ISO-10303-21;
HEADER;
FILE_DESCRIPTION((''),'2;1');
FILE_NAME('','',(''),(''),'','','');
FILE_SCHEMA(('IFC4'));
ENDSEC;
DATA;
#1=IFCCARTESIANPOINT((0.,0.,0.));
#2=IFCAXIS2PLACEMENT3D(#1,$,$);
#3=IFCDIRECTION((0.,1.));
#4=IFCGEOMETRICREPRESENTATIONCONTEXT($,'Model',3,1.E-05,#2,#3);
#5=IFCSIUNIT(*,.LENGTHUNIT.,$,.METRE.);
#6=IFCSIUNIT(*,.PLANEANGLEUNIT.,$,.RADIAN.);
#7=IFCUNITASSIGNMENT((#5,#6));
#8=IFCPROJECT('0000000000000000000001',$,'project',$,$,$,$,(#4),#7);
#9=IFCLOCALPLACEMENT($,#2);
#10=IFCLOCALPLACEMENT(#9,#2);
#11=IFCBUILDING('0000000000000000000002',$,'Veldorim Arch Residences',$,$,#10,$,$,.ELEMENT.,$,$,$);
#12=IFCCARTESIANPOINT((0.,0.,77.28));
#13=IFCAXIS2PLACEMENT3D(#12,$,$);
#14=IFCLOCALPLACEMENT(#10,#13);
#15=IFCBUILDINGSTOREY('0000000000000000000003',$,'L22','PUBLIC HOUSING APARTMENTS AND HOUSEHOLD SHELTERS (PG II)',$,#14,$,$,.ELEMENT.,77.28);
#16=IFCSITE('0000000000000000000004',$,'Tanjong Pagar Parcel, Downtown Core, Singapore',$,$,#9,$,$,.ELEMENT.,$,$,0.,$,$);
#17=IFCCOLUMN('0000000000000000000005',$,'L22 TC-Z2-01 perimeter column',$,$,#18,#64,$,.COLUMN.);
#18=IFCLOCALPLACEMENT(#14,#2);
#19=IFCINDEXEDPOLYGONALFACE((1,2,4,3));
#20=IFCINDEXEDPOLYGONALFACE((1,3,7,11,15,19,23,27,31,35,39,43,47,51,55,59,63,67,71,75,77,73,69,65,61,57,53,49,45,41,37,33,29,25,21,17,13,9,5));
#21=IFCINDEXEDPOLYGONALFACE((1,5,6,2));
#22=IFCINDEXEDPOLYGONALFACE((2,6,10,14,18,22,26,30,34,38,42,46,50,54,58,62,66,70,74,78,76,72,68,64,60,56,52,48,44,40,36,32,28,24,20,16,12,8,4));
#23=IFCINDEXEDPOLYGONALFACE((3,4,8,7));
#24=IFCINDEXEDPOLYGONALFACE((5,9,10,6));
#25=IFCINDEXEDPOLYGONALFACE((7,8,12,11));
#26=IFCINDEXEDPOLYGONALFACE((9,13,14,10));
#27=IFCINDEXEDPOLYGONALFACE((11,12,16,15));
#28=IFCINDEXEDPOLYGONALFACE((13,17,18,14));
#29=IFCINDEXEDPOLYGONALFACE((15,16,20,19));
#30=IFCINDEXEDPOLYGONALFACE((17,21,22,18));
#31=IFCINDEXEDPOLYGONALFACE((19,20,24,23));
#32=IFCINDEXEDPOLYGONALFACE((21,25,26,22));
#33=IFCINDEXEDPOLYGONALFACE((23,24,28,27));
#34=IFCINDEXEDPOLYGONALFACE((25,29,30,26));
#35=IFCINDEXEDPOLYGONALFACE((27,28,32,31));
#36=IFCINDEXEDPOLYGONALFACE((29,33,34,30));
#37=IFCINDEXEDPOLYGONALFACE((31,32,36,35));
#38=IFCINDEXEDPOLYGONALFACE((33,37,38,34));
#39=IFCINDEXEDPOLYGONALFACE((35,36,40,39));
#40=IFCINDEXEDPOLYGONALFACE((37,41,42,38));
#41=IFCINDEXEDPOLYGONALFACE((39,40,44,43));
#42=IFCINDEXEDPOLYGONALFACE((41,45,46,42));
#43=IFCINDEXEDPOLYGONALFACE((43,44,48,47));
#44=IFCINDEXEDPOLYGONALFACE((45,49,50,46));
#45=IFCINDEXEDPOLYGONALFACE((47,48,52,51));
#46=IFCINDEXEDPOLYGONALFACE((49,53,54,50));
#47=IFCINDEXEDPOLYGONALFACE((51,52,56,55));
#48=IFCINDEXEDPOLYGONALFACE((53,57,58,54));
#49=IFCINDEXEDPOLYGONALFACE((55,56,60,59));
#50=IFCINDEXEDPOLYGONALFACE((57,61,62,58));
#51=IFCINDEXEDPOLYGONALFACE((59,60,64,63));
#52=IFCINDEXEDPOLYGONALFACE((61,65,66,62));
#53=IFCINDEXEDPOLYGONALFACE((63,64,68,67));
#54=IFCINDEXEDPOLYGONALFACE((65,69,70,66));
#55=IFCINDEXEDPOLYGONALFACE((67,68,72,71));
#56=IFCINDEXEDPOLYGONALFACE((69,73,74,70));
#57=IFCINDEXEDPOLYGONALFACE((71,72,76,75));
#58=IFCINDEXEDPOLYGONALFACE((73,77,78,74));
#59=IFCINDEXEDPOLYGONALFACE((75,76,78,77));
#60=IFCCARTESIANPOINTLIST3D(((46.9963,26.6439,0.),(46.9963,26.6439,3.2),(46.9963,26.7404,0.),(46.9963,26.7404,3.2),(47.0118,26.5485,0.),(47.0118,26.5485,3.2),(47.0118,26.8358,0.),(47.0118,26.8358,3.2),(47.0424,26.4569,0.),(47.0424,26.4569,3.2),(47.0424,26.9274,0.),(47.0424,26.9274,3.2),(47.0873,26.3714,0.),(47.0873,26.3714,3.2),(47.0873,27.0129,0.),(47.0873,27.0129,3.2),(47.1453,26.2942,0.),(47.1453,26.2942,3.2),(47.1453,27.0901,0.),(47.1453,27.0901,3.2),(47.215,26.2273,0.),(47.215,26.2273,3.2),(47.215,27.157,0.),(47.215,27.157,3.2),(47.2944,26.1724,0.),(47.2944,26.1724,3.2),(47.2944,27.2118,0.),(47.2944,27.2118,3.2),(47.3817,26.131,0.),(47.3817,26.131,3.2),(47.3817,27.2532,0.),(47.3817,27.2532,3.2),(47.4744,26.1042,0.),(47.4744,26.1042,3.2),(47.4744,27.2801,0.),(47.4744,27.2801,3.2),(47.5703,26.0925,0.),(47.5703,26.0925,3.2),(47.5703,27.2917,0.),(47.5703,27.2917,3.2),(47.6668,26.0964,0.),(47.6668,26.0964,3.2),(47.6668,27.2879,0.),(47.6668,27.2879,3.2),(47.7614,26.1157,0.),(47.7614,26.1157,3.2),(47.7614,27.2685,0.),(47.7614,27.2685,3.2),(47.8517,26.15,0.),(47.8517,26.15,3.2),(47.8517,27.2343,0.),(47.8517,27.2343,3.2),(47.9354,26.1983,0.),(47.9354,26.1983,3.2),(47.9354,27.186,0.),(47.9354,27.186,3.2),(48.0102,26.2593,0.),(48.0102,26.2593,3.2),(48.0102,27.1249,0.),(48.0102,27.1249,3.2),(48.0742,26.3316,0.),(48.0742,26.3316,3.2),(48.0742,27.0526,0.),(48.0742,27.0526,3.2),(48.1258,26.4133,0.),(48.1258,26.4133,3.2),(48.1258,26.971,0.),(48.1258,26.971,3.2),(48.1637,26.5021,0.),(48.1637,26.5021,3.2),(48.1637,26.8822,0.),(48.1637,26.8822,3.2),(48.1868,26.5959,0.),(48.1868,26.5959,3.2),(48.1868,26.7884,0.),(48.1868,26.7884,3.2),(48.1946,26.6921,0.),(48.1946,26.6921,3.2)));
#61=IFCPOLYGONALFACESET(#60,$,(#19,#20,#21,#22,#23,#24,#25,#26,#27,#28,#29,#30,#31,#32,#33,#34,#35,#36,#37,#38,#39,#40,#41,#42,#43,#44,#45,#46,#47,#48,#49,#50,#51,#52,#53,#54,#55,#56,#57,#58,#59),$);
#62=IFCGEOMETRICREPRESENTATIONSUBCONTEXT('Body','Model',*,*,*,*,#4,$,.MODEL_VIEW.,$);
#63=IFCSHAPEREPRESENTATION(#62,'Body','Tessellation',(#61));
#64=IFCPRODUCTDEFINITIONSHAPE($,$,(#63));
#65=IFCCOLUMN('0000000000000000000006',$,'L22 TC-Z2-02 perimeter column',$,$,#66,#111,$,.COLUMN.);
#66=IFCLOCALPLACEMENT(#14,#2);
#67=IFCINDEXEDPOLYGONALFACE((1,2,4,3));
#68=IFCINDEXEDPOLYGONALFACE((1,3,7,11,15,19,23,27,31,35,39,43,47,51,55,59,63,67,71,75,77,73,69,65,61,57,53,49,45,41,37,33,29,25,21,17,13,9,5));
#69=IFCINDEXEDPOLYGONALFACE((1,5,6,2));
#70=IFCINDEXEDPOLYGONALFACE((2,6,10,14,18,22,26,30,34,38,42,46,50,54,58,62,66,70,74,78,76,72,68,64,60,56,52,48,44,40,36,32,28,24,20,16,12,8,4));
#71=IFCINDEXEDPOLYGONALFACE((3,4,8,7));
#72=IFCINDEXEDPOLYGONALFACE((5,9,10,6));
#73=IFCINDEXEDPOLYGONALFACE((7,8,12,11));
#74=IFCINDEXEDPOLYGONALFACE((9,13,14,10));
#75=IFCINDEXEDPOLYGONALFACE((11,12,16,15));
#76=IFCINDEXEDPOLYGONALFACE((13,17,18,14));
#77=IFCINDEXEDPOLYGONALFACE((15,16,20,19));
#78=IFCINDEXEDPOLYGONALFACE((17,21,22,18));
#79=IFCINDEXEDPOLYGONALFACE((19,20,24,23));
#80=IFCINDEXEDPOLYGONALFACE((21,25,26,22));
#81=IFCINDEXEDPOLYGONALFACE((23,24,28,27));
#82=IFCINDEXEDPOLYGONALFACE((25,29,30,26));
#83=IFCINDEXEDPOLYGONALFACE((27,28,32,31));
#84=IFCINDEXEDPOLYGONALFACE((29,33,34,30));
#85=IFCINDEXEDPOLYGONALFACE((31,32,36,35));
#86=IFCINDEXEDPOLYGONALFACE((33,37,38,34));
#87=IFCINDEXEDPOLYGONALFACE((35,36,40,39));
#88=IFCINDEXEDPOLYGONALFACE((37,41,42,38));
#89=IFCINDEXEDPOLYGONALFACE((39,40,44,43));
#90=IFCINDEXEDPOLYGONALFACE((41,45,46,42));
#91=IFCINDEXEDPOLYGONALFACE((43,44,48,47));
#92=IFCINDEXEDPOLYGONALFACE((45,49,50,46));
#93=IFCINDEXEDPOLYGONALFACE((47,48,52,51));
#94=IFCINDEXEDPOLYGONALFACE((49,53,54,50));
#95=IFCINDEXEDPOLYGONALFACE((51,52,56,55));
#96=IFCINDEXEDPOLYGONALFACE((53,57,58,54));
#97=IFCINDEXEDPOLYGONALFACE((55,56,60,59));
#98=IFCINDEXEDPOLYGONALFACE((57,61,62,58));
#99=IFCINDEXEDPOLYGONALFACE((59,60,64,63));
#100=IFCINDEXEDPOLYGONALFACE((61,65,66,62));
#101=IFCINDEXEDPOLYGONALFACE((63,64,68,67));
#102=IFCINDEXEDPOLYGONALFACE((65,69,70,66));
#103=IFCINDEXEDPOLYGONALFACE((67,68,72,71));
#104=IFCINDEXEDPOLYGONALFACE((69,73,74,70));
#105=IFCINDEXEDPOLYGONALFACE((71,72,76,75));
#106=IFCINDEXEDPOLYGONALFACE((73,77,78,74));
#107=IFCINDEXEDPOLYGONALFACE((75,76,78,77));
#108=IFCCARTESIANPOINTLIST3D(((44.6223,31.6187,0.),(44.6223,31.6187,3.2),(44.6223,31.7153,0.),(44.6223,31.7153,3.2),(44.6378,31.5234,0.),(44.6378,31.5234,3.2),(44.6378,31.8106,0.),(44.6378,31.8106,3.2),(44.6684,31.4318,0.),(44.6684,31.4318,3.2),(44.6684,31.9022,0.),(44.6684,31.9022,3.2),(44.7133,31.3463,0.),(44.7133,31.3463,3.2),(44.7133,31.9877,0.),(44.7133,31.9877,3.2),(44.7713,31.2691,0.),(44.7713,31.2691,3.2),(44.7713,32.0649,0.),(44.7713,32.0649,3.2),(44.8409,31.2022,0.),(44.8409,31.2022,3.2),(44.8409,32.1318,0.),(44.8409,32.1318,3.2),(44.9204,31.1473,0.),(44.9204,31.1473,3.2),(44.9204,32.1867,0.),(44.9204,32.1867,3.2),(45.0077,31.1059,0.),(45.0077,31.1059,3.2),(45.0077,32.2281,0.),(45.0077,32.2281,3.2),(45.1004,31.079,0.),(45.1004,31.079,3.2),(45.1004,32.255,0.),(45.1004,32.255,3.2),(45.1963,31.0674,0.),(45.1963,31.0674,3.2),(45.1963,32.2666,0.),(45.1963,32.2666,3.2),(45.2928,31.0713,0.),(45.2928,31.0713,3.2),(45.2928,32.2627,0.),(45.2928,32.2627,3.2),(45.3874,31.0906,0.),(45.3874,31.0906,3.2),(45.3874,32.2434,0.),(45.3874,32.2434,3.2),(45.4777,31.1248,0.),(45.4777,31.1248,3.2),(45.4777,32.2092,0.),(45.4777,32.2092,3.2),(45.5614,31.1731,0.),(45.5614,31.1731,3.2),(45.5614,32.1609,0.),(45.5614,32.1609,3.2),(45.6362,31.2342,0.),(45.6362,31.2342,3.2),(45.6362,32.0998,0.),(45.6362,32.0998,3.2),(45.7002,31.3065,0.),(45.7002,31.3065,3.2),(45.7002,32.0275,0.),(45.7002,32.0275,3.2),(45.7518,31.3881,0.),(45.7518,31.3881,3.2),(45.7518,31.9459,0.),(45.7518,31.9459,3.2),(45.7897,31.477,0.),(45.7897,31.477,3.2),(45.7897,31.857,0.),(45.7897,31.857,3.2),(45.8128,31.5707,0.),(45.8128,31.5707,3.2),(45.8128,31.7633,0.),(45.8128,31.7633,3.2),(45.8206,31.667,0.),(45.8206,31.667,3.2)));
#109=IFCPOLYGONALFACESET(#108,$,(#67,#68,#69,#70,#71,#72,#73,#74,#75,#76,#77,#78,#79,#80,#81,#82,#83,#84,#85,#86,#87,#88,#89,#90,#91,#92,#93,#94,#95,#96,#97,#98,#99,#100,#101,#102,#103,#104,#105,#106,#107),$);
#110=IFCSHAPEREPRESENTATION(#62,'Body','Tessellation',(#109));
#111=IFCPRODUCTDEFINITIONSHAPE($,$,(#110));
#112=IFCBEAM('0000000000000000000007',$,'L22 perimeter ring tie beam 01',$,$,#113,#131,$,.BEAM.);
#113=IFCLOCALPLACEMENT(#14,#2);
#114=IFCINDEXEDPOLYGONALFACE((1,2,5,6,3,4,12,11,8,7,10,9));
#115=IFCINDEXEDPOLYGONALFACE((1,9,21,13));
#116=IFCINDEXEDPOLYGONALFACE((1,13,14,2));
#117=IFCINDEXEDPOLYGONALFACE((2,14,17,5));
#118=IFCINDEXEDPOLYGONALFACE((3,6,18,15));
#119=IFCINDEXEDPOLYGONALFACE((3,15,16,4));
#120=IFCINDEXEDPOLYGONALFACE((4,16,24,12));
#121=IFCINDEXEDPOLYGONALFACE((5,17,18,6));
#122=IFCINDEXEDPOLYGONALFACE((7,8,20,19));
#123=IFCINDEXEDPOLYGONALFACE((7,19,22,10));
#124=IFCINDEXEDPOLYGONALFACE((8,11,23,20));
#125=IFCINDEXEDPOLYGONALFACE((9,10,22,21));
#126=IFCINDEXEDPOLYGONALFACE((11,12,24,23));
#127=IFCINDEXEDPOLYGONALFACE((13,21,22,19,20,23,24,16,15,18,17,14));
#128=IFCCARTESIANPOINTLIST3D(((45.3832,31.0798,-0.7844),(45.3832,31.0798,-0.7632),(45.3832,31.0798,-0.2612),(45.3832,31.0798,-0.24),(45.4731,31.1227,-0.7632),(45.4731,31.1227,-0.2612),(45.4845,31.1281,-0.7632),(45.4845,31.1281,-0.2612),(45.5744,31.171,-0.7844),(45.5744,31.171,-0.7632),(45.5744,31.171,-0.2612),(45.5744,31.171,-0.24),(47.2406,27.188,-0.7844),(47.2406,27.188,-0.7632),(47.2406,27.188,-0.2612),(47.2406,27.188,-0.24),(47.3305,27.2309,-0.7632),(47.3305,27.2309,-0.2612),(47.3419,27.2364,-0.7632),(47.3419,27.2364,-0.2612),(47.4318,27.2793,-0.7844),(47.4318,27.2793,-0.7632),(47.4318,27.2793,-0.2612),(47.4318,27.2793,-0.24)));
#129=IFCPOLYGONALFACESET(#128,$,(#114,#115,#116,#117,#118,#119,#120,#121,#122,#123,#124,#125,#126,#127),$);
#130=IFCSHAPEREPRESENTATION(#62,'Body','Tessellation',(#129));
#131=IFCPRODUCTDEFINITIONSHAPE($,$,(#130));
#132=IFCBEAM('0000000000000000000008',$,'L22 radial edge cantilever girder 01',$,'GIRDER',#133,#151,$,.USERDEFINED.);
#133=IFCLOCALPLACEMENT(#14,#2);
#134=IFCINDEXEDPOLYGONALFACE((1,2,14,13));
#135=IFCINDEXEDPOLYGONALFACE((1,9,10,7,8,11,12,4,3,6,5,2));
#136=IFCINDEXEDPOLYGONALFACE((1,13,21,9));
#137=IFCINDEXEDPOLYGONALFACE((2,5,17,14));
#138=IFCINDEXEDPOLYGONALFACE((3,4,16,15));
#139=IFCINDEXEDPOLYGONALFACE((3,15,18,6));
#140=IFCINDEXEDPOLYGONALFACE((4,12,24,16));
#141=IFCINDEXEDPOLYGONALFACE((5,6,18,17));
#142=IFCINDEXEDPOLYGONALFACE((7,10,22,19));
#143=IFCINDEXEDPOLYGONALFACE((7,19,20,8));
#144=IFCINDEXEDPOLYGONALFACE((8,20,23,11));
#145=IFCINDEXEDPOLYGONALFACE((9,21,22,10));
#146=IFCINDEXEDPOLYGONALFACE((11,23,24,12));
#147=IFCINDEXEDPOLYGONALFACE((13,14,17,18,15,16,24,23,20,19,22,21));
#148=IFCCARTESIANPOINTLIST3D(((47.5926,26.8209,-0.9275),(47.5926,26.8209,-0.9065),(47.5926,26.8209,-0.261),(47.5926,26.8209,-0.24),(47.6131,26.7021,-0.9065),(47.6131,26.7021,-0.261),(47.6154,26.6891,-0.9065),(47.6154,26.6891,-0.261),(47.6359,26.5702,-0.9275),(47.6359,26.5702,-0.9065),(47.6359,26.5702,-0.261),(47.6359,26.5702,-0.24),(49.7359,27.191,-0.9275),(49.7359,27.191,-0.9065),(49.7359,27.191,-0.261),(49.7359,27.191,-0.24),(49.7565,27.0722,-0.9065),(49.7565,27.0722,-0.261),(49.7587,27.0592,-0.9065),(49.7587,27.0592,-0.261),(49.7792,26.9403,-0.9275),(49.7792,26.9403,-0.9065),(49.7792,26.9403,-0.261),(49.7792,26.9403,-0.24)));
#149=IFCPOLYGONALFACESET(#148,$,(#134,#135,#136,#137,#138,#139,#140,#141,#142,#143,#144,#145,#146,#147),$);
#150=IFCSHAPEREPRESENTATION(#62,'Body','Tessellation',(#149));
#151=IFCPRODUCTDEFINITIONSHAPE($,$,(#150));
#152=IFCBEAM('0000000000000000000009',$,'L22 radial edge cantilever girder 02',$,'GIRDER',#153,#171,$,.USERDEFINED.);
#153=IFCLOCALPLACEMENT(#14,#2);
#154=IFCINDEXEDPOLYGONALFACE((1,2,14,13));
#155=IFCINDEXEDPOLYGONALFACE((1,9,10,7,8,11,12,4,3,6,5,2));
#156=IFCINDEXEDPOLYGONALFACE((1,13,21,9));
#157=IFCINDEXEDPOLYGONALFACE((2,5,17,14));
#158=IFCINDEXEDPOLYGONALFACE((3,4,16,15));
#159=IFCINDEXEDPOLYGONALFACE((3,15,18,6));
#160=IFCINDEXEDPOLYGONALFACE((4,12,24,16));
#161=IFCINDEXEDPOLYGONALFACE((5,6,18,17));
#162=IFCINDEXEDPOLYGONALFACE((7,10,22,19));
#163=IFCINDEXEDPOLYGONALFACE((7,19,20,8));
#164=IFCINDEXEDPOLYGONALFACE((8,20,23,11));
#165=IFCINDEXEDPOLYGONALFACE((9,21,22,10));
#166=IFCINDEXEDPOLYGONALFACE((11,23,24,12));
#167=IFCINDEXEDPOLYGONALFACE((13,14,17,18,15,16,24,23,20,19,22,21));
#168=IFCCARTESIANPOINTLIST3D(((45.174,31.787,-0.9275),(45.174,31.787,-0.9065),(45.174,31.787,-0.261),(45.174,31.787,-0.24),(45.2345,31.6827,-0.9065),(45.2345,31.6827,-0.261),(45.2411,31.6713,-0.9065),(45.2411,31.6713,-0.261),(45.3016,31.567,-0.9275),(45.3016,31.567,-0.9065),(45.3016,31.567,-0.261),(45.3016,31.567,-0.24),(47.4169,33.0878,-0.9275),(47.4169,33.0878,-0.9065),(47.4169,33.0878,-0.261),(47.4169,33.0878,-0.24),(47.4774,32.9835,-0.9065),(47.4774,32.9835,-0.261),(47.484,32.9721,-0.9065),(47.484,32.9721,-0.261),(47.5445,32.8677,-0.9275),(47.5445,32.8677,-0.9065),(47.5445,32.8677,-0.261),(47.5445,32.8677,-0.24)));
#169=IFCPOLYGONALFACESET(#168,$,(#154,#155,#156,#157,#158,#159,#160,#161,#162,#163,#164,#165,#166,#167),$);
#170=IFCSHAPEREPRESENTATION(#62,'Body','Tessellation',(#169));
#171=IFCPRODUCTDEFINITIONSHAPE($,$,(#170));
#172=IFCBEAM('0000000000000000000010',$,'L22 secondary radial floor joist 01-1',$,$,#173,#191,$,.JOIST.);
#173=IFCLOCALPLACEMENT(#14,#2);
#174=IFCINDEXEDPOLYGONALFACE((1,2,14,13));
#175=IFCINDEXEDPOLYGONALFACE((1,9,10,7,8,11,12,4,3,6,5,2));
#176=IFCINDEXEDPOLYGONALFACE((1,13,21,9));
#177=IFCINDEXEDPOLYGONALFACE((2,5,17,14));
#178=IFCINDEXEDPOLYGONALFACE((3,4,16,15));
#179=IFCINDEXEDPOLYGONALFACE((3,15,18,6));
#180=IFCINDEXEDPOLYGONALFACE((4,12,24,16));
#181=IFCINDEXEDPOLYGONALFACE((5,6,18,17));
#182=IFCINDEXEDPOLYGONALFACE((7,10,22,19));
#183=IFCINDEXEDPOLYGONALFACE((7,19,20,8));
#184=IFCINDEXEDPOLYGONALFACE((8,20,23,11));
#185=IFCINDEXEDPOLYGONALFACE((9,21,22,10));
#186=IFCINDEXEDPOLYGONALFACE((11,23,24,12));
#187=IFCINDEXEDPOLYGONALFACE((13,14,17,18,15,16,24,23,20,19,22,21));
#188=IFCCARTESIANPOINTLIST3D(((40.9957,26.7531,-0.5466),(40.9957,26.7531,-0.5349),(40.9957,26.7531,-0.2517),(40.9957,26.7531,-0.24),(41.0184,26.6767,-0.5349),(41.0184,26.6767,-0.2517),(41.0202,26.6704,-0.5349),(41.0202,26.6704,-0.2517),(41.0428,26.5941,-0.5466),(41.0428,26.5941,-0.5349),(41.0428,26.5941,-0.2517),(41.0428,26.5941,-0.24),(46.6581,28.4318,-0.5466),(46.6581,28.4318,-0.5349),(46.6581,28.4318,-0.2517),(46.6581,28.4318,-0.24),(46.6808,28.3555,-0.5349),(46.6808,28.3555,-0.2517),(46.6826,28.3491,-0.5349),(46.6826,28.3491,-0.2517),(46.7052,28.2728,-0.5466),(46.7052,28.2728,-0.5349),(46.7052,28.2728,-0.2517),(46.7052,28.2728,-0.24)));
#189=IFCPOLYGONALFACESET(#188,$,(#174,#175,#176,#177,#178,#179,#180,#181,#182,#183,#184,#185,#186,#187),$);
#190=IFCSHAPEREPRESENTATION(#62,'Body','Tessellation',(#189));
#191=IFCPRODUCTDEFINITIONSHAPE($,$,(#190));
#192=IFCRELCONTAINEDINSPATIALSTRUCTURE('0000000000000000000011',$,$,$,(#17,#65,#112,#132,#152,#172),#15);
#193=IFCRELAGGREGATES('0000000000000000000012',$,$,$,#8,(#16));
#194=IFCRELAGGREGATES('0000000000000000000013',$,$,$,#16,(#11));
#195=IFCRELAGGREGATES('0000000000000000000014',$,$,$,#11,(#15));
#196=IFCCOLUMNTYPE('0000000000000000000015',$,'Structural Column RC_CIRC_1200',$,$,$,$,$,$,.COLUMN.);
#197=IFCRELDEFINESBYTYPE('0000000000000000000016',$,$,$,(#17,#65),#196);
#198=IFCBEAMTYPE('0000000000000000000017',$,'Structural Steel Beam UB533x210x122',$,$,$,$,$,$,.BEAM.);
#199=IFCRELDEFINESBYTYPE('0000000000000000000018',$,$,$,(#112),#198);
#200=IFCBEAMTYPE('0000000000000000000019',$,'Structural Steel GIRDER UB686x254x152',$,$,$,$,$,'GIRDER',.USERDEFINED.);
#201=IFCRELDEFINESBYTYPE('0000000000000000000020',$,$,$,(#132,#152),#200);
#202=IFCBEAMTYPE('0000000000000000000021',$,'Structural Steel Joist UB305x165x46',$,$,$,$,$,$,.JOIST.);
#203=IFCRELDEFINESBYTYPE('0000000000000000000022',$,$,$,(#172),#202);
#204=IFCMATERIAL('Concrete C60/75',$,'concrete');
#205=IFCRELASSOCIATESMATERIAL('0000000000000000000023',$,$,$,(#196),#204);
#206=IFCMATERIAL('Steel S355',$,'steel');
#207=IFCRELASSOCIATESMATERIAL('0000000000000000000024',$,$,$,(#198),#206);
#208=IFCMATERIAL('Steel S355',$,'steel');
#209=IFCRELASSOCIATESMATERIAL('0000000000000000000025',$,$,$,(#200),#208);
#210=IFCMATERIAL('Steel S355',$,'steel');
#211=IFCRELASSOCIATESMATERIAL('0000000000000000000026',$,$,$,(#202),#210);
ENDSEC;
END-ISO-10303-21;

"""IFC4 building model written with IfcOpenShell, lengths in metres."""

from ifc_helpers import new_model, si_unit, direction, frame, origin, origin_2d, place, context, subcontext, project, spatial, circle, i_section, extrude, material, material_profile, profile_set, type_object, element, save


model = new_model("IFC4")

# Units and contexts
model_context = context("Model", 3, precision=1e-05, world=origin(), true_north=direction((0.0, 1.0)))
body_context = subcontext(model_context, "Body", "Model", "MODEL_VIEW")
ifc_project = project(units=[si_unit("LENGTHUNIT", "METRE"), si_unit("PLANEANGLEUNIT", "RADIAN")], contexts=[model_context])

# Site, building, storey
site_placement = place(None, origin())
site = spatial("IfcSite", under=ifc_project, at=site_placement, Name="Tanjong Pagar Parcel, Downtown Core, Singapore", CompositionType="ELEMENT", RefElevation=0.0)
building_placement = place(site_placement, origin())
building = spatial("IfcBuilding", under=site, at=building_placement, Name="Veldorim Arch Residences", CompositionType="ELEMENT")
storey_placement = place(building_placement, frame((0.0, 0.0, 77.28)))
storey = spatial("IfcBuildingStorey", under=building, at=storey_placement, Name="L22", Description="PUBLIC HOUSING APARTMENTS AND HOUSEHOLD SHELTERS (PG II)", CompositionType="ELEMENT", Elevation=77.28)

# Columns
ifc_material_1 = material(Name="Concrete C60/75", Category="concrete")
ifc_material_profile_1 = material_profile(ifc_material_1, circle(Radius=0.6001, at=origin_2d()), Name="RC_CIRC_1200")
ifc_profile_set_1 = profile_set([ifc_material_profile_1], Name="Concrete C60/75")
column_type = type_object("IfcColumnType", Name="Structural Column RC_CIRC_1200", PredefinedType="COLUMN", material=ifc_profile_set_1)
for number, where, z_axis, x_axis, name in (
    (1, (47.5945, 26.6921, 0.0), (0.0, 0.0, 1.0), (1.0, 0.0, 0.0), "L22 TC-Z2-01 perimeter column"),
    (2, (45.2205, 31.667, 0.0), (0.0, 0.0, 1.0), (1.0, 0.0, 0.0), "L22 TC-Z2-02 perimeter column"),
):
    element("IfcColumn", number, at=place(storey_placement, frame(where, z_axis=z_axis, x_axis=x_axis)), inside=storey, type_object=column_type, Name=name, PredefinedType="COLUMN", context=body_context, shape_type="SweptSolid", body=[
        extrude(circle(Radius=0.6001, at=origin_2d()), origin(), (0.0, 0.0, 1.0), 3.2),
    ])

# Beams
ifc_material_2 = material(Name="Steel S355", Category="steel")
ifc_material_profile_2 = material_profile(ifc_material_2, i_section(OverallWidth=0.2119, OverallDepth=0.5444, WebThickness=0.0127, FlangeThickness=0.0212, at=origin_2d()), Name="UB533x210x122")
ifc_profile_set_2 = profile_set([ifc_material_profile_2], Name="Steel S355")
beam_type_1 = type_object("IfcBeamType", Name="Structural Steel Beam UB533x210x122", PredefinedType="BEAM", material=ifc_profile_set_2)
beam_1_placement = place(storey_placement, frame((47.3362, 27.2336, -0.5122), z_axis=(-0.43072, 0.902486, 0.0), x_axis=(-0.902486, -0.43072, 0.0)))
element("IfcBeam", 3, at=beam_1_placement, inside=storey, type_object=beam_type_1, Name="L22 perimeter ring tie beam 01", PredefinedType="BEAM", context=body_context, shape_type="SweptSolid", body=[
    extrude(i_section(OverallWidth=0.2119, OverallDepth=0.5444, WebThickness=0.0127, FlangeThickness=0.0212, at=origin_2d()), origin(), (0.0, 0.0, 1.0), 4.3123),
])
ifc_material_3 = material(Name="Steel S355", Category="steel")
ifc_material_profile_3 = material_profile(ifc_material_3, i_section(OverallWidth=0.2544, OverallDepth=0.6875, WebThickness=0.0132, FlangeThickness=0.021, at=origin_2d()), Name="UB686x254x152")
ifc_profile_set_3 = profile_set([ifc_material_profile_3], Name="Steel S355")
beam_type_2 = type_object("IfcBeamType", Name="Structural Steel GIRDER UB686x254x152", ElementType="GIRDER", PredefinedType="USERDEFINED", material=ifc_profile_set_3)
beam_2_placement = place(storey_placement, frame((47.6143, 26.6956, -0.5837), z_axis=(0.985415, 0.170166, 0.0), x_axis=(-0.170166, 0.985415, 0.0)))
element("IfcBeam", 4, at=beam_2_placement, inside=storey, type_object=beam_type_2, Name="L22 radial edge cantilever girder 01", ObjectType="GIRDER", PredefinedType="USERDEFINED", context=body_context, shape_type="SweptSolid", body=[
    extrude(i_section(OverallWidth=0.2544, OverallDepth=0.6875, WebThickness=0.0132, FlangeThickness=0.021, at=origin_2d()), origin(), (0.0, 0.0, 1.0), 2.175),
])
beam_3_placement = place(storey_placement, frame((45.2378, 31.677, -0.5837), z_axis=(0.86505, 0.501686, 0.0), x_axis=(-0.501686, 0.86505, 0.0)))
element("IfcBeam", 5, at=beam_3_placement, inside=storey, type_object=beam_type_2, Name="L22 radial edge cantilever girder 02", ObjectType="GIRDER", PredefinedType="USERDEFINED", context=body_context, shape_type="SweptSolid", body=[
    extrude(i_section(OverallWidth=0.2544, OverallDepth=0.6875, WebThickness=0.0132, FlangeThickness=0.021, at=origin_2d()), origin(), (0.0, 0.0, 1.0), 2.5928),
])
ifc_material_4 = material(Name="Steel S355", Category="steel")
ifc_material_profile_4 = material_profile(ifc_material_4, i_section(OverallWidth=0.1658, OverallDepth=0.3066, WebThickness=0.0066, FlangeThickness=0.0117, at=origin_2d()), Name="UB305x165x46")
ifc_profile_set_4 = profile_set([ifc_material_profile_4], Name="Steel S355")
beam_type_3 = type_object("IfcBeamType", Name="Structural Steel Joist UB305x165x46", PredefinedType="JOIST", material=ifc_profile_set_4)
beam_4_placement = place(storey_placement, frame((41.0193, 26.6736, -0.3933), z_axis=(0.958753, 0.28424, 0.0), x_axis=(-0.28424, 0.958753, 0.0)))
element("IfcBeam", 6, at=beam_4_placement, inside=storey, type_object=beam_type_3, Name="L22 secondary radial floor joist 01-1", PredefinedType="JOIST", context=body_context, shape_type="SweptSolid", body=[
    extrude(i_section(OverallWidth=0.1658, OverallDepth=0.3066, WebThickness=0.0066, FlangeThickness=0.0117, at=origin_2d()), origin(), (0.0, 0.0, 1.0), 5.906),
])

save(model, "model.ifc")
